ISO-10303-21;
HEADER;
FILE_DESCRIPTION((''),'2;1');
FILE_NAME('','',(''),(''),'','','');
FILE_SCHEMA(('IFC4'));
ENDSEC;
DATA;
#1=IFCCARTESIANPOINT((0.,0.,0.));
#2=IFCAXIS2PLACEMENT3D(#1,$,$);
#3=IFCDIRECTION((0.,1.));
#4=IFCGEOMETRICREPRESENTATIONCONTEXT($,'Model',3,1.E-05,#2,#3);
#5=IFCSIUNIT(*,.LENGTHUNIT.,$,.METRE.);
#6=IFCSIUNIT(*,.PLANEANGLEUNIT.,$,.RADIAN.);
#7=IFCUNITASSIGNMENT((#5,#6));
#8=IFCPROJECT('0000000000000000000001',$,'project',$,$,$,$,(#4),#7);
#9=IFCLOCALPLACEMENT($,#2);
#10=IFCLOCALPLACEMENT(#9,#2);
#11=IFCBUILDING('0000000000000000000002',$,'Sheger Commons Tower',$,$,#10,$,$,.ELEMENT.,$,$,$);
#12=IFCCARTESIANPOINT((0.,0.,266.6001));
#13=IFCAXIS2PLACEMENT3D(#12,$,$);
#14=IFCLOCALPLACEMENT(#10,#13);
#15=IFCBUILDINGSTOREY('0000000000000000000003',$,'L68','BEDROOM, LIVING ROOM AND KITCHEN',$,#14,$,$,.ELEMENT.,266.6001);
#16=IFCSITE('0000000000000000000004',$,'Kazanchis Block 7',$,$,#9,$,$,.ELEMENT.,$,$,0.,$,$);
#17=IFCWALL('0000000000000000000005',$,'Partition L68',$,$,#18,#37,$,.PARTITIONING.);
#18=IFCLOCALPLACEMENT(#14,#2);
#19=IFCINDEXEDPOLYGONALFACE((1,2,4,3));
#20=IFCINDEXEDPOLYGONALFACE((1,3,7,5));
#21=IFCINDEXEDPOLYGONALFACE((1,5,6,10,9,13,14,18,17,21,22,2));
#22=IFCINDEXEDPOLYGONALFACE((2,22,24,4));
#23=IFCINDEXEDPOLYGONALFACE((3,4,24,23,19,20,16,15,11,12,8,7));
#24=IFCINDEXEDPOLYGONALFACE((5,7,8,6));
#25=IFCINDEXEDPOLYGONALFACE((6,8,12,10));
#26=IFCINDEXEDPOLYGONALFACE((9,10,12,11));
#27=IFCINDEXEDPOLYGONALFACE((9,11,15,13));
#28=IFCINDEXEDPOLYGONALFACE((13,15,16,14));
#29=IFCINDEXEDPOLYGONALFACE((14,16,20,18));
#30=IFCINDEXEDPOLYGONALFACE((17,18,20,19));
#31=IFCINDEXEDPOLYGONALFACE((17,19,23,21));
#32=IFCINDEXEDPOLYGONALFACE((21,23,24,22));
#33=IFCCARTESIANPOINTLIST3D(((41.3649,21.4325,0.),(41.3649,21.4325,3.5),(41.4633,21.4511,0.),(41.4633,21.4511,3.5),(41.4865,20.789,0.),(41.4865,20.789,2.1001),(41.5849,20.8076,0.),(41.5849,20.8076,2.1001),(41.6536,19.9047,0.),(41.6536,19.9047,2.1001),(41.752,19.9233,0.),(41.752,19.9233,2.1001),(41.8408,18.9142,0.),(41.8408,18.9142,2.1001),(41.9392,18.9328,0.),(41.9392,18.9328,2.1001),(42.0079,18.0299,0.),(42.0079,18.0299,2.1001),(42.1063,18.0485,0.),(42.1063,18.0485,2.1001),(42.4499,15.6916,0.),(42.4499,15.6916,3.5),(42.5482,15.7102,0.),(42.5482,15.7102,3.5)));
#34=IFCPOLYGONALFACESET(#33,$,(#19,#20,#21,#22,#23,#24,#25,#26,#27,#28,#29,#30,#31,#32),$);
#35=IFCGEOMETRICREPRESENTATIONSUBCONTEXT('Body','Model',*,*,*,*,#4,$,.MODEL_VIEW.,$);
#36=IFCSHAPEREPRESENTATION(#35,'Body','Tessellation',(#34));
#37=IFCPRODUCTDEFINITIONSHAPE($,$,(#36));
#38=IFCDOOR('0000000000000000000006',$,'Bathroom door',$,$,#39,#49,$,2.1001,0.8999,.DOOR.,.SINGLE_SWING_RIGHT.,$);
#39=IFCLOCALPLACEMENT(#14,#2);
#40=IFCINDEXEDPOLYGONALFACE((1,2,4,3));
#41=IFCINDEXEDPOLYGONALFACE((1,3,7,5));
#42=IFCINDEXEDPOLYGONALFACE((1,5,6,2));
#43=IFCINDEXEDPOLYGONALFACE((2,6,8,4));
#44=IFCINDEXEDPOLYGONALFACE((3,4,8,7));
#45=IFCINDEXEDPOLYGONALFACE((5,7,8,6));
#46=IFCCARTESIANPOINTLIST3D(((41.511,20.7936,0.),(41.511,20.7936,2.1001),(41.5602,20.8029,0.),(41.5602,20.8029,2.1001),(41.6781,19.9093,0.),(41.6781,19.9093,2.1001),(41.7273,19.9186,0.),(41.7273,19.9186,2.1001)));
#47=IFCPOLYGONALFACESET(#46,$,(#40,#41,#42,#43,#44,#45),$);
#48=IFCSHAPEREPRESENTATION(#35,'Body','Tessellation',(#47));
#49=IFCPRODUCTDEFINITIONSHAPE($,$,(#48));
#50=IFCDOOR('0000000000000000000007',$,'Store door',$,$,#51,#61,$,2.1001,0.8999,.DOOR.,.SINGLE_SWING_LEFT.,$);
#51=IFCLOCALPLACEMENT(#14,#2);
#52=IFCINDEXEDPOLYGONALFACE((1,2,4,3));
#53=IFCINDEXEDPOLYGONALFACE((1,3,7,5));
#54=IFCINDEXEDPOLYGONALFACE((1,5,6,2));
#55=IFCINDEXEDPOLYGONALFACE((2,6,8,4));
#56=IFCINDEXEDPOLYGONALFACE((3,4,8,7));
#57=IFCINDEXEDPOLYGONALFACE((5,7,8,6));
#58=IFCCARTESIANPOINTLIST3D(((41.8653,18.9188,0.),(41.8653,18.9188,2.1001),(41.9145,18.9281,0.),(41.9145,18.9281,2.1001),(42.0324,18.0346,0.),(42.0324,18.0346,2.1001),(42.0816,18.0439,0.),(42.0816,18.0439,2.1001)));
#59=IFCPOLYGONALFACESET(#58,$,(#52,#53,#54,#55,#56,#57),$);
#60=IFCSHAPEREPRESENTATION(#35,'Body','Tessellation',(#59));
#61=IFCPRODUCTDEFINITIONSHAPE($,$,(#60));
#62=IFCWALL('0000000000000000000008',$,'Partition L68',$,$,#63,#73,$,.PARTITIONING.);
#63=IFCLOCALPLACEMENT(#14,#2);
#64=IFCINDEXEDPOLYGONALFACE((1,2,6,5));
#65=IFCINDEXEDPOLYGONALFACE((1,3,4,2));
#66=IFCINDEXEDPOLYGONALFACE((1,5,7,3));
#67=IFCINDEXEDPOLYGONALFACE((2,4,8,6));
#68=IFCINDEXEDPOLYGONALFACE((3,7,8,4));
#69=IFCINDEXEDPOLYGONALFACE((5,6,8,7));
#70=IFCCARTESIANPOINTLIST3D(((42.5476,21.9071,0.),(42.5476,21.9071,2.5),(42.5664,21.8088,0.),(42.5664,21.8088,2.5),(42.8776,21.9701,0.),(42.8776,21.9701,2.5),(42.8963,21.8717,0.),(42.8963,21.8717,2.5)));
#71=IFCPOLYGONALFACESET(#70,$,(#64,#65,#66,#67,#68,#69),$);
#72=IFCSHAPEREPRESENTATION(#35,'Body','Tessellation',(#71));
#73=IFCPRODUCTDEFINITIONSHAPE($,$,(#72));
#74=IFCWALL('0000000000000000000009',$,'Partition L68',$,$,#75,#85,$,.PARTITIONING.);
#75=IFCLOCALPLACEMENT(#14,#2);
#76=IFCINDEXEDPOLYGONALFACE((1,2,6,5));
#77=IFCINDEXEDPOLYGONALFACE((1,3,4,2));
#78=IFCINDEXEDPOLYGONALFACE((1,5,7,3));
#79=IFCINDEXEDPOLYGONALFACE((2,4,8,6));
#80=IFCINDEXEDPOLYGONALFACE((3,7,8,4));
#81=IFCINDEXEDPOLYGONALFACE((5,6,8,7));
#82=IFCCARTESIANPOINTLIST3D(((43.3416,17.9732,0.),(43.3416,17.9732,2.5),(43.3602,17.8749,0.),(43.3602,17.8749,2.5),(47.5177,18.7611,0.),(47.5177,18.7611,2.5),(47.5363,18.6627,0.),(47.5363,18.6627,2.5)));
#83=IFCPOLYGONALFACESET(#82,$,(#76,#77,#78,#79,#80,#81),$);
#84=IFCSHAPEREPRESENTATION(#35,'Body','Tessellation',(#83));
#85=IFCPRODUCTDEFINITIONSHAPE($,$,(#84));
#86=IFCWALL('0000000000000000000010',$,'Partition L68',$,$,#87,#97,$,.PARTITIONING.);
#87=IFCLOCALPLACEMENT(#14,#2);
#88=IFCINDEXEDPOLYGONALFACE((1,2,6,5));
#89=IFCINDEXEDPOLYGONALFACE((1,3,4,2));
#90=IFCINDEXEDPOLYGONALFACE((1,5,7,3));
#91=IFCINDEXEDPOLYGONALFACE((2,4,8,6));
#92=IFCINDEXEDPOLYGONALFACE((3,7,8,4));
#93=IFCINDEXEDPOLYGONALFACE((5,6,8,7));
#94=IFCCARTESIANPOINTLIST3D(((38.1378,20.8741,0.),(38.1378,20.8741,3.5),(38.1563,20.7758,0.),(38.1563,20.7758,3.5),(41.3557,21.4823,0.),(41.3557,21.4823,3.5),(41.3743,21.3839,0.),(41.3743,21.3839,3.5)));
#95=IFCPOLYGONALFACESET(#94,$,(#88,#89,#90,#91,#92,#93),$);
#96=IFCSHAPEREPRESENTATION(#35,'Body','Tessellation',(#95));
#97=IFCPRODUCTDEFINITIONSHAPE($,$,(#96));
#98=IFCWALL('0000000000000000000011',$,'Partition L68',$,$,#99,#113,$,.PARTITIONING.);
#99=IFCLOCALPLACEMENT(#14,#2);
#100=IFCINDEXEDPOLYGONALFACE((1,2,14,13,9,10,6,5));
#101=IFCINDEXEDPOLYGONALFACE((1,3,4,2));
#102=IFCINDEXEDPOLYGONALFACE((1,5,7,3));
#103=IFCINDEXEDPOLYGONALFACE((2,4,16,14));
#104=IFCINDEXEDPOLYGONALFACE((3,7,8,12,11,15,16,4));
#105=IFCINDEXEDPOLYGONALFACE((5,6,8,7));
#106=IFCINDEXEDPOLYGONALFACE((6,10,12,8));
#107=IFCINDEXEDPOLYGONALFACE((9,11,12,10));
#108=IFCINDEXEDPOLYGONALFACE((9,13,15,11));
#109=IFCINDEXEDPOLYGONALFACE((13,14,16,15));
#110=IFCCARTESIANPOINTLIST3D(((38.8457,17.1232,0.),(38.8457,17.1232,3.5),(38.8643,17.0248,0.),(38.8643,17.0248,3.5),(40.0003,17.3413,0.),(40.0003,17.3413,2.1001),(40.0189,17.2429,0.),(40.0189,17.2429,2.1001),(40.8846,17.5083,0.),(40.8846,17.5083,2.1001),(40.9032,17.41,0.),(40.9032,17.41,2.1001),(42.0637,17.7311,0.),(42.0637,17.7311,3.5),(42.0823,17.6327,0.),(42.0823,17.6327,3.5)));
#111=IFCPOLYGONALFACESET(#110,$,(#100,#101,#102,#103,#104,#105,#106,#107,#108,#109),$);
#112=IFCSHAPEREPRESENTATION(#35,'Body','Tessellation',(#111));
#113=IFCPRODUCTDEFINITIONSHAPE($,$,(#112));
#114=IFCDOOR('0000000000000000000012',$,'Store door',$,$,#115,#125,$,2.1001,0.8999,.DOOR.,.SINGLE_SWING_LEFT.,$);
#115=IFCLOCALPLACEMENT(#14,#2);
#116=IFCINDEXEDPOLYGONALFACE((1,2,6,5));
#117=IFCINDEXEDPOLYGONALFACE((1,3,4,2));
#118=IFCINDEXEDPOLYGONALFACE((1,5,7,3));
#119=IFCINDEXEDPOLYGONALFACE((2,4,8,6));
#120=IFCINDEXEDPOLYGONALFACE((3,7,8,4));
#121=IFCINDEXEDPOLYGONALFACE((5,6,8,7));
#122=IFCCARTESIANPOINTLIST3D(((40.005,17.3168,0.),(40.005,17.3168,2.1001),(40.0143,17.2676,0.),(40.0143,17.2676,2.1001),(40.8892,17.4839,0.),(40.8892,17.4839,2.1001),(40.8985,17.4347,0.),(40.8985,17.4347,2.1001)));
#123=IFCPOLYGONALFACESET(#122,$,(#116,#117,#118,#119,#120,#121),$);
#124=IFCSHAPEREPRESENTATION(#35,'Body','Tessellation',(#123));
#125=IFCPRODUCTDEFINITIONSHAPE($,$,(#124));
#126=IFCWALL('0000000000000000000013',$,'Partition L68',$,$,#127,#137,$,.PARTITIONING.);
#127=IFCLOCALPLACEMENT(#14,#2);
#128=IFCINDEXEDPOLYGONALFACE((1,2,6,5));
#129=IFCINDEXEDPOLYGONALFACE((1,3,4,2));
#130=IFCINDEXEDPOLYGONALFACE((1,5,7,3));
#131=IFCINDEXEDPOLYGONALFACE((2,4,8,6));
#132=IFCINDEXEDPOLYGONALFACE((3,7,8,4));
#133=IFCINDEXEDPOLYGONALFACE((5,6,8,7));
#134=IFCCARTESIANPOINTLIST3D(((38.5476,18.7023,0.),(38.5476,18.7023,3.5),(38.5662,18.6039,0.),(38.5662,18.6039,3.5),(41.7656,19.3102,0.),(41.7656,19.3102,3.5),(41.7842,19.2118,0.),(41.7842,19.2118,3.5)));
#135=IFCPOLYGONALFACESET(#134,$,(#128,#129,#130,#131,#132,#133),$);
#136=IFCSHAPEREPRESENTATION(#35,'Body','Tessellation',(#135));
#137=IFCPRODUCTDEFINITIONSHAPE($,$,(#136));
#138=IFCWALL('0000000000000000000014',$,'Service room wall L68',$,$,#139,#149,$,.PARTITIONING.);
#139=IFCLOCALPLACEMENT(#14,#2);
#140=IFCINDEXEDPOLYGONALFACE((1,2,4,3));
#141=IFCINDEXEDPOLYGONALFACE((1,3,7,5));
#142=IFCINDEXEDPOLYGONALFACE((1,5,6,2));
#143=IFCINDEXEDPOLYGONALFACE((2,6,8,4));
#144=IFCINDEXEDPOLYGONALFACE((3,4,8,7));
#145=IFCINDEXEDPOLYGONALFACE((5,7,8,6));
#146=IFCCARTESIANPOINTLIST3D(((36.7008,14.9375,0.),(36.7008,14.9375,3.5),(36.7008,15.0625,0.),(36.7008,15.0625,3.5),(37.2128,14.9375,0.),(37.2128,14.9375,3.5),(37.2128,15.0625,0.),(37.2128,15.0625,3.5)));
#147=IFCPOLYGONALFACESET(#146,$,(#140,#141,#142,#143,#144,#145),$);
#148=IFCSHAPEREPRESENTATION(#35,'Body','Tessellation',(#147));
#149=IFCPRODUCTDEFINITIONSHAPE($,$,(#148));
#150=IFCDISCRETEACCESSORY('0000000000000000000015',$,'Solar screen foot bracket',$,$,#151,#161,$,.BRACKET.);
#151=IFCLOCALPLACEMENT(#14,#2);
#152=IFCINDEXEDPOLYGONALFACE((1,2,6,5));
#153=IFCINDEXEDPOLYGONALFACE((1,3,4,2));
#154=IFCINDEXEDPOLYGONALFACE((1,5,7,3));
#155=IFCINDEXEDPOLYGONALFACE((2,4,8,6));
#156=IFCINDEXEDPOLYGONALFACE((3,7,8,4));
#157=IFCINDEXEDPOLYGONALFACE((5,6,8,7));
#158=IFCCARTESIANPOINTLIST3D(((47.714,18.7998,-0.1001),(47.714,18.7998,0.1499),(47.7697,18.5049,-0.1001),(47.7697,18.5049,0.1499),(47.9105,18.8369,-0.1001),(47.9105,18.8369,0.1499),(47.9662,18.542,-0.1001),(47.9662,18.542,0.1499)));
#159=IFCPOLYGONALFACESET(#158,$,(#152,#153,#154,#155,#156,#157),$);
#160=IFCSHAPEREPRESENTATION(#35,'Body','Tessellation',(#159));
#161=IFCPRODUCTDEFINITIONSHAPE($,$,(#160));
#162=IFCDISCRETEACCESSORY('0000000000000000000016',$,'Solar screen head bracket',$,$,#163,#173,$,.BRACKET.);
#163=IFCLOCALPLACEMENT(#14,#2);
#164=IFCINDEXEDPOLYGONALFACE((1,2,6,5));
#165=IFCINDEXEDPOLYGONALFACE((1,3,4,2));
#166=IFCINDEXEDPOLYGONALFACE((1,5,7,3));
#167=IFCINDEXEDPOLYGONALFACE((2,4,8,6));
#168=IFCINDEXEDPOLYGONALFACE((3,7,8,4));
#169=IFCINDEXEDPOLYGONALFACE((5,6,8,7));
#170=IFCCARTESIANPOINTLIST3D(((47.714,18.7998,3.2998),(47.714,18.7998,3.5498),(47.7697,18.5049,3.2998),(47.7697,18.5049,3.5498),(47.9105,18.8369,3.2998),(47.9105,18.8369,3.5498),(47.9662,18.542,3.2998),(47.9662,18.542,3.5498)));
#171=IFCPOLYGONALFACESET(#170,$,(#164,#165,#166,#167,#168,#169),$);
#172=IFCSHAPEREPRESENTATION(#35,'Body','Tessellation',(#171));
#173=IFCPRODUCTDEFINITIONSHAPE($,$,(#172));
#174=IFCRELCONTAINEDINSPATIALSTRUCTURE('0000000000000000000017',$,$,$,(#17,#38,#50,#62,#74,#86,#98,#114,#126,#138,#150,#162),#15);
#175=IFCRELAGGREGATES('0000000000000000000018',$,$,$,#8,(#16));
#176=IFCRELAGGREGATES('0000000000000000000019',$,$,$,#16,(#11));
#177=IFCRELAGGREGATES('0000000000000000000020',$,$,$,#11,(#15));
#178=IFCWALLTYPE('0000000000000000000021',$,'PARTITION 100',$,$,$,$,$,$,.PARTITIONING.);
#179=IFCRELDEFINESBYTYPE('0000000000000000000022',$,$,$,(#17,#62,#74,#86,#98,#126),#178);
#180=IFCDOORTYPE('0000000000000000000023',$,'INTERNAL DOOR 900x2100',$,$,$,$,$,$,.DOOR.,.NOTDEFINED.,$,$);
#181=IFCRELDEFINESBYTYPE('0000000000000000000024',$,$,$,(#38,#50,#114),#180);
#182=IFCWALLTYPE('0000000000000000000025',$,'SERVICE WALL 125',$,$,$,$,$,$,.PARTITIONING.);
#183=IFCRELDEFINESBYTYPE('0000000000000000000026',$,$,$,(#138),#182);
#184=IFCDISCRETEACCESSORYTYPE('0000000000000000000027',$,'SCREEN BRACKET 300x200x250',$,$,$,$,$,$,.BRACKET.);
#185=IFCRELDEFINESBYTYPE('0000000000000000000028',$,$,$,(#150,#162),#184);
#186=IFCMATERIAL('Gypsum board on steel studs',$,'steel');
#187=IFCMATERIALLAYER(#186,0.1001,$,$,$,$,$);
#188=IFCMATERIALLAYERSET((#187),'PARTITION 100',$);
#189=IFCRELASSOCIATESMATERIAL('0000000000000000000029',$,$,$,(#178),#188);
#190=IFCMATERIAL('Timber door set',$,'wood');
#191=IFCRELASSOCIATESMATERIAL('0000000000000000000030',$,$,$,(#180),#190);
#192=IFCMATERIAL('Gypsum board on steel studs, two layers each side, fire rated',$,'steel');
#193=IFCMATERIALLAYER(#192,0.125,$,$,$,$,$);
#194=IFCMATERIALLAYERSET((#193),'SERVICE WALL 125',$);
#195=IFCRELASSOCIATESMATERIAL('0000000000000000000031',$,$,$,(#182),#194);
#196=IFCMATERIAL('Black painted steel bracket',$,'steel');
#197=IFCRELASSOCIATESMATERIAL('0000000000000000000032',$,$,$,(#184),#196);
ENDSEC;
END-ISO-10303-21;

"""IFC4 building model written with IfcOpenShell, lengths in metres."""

from ifc_helpers import new_model, si_unit, direction, frame, frame_2d, origin, origin_2d, place, context, subcontext, project, spatial, rectangle, extrude, material, layer, layer_set, type_object, element, fill, save


model = new_model("IFC4")

# Units and contexts
model_context = context("Model", 3, precision=1e-05, world=origin(), true_north=direction((0.0, 1.0)))
body_context = subcontext(model_context, "Body", "Model", "MODEL_VIEW")
ifc_project = project(units=[si_unit("LENGTHUNIT", "METRE"), si_unit("PLANEANGLEUNIT", "RADIAN")], contexts=[model_context])

# Site, building, storey
site_placement = place(None, origin())
site = spatial("IfcSite", under=ifc_project, at=site_placement, Name="Kazanchis Block 7", CompositionType="ELEMENT", RefElevation=0.0)
building_placement = place(site_placement, origin())
building = spatial("IfcBuilding", under=site, at=building_placement, Name="Sheger Commons Tower", CompositionType="ELEMENT")
storey_placement = place(building_placement, frame((0.0, 0.0, 266.6001)))
storey = spatial("IfcBuildingStorey", under=building, at=storey_placement, Name="L68", Description="BEDROOM, LIVING ROOM AND KITCHEN", CompositionType="ELEMENT", Elevation=266.6001)

# Wall, openings, doors
ifc_material_1 = material(Name="Gypsum board on steel studs", Category="steel")
ifc_layer_1 = layer(ifc_material_1, 0.1001)
ifc_layer_set_1 = layer_set([ifc_layer_1], Name="PARTITION 100")
wall_type_1 = type_object("IfcWallType", Name="PARTITION 100", PredefinedType="PARTITIONING", material=ifc_layer_set_1)
ifc_material_2 = material(Name="Timber door set", Category="wood")
door_type = type_object("IfcDoorType", Name="INTERNAL DOOR 900x2100", OperationType="NOTDEFINED", PredefinedType="DOOR", material=ifc_material_2)
wall_1_placement = place(storey_placement, frame((41.4141, 21.4419, 0.0), z_axis=(0.0, 0.0, 1.0), x_axis=(0.185699, -0.982607, 0.0)))
wall_1 = element("IfcWall", 1, at=wall_1_placement, inside=storey, type_object=wall_type_1, Name="Partition L68", PredefinedType="PARTITIONING", context=body_context, shape_type="SweptSolid", body=[
    extrude(rectangle(XDim=5.8425, YDim=0.1001, at=frame_2d((2.9214, 0.0))), origin(), (0.0, 0.0, 1.0), 3.5),
])
opening_1_placement = place(wall_1_placement, frame((0.655, 0.0, 0.0)))
opening_1 = element("IfcOpeningElement", 2, at=opening_1_placement, cuts=wall_1, PredefinedType="OPENING", context=body_context, shape_type="SweptSolid", body=[
    extrude(rectangle(XDim=0.8999, YDim=2.1001, at=frame_2d((0.45, 1.05))), frame((0.0, 0.0601, 0.0), z_axis=(0.0, -1.0, 0.0), x_axis=(1.0, 0.0, 0.0)), (0.0, 0.0, 1.0), 0.1201),
])
opening_2_placement = place(wall_1_placement, frame((2.563, 0.0, 0.0)))
opening_2 = element("IfcOpeningElement", 3, at=opening_2_placement, cuts=wall_1, PredefinedType="OPENING", context=body_context, shape_type="SweptSolid", body=[
    extrude(rectangle(XDim=0.8999, YDim=2.1001, at=frame_2d((0.45, 1.05))), frame((0.0, 0.0601, 0.0), z_axis=(0.0, -1.0, 0.0), x_axis=(1.0, 0.0, 0.0)), (0.0, 0.0, 1.0), 0.1201),
])
door_1_placement = place(opening_1_placement, origin())
door_1 = element("IfcDoor", 4, at=door_1_placement, inside=storey, type_object=door_type, Name="Bathroom door", OperationType="SINGLE_SWING_RIGHT", OverallHeight=2.1001, OverallWidth=0.8999, PredefinedType="DOOR", context=body_context, shape_type="SweptSolid", body=[
    extrude(rectangle(XDim=0.8999, YDim=2.1001, at=frame_2d((0.45, 1.05))), frame((0.0, 0.0249, 0.0), z_axis=(0.0, -1.0, 0.0), x_axis=(1.0, 0.0, 0.0)), (0.0, 0.0, 1.0), 0.05),
])
fill(opening_1, door_1)
door_2_placement = place(opening_2_placement, origin())
door_2 = element("IfcDoor", 5, at=door_2_placement, inside=storey, type_object=door_type, Name="Store door", OperationType="SINGLE_SWING_LEFT", OverallHeight=2.1001, OverallWidth=0.8999, PredefinedType="DOOR", context=body_context, shape_type="SweptSolid", body=[
    extrude(rectangle(XDim=0.8999, YDim=2.1001, at=frame_2d((0.45, 1.05))), frame((0.0, 0.0249, 0.0), z_axis=(0.0, -1.0, 0.0), x_axis=(1.0, 0.0, 0.0)), (0.0, 0.0, 1.0), 0.05),
])
fill(opening_2, door_2)

# Walls
wall_2_placement = place(storey_placement, frame((42.887, 21.9209, 0.0), z_axis=(0.0, 0.0, 1.0), x_axis=(-0.982275, -0.187446, 0.0)))
element("IfcWall", 6, at=wall_2_placement, inside=storey, type_object=wall_type_1, Name="Partition L68", PredefinedType="PARTITIONING", context=body_context, shape_type="SweptSolid", body=[
    extrude(rectangle(XDim=0.3359, YDim=0.1001, at=frame_2d((0.168, 0.0))), origin(), (0.0, 0.0, 1.0), 2.5),
])
wall_3_placement = place(storey_placement, frame((47.5271, 18.7119, 0.0), z_axis=(0.0, 0.0, 1.0), x_axis=(-0.982665, -0.185388, 0.0)))
element("IfcWall", 7, at=wall_3_placement, inside=storey, type_object=wall_type_1, Name="Partition L68", PredefinedType="PARTITIONING", context=body_context, shape_type="SweptSolid", body=[
    extrude(rectangle(XDim=4.2498, YDim=0.1001, at=frame_2d((2.125, 0.0))), origin(), (0.0, 0.0, 1.0), 2.5),
])
wall_4_placement = place(storey_placement, frame((41.365, 21.4331, 0.0), z_axis=(0.0, 0.0, 1.0), x_axis=(-0.982607, -0.185697, 0.0)))
element("IfcWall", 8, at=wall_4_placement, inside=storey, type_object=wall_type_1, Name="Partition L68", PredefinedType="PARTITIONING", context=body_context, shape_type="SweptSolid", body=[
    extrude(rectangle(XDim=3.2749, YDim=0.1001, at=frame_2d((1.6375, 0.0))), origin(), (0.0, 0.0, 1.0), 3.5),
])

# Wall, opening, door
wall_5_placement = place(storey_placement, frame((42.073, 17.6819, 0.0), z_axis=(0.0, 0.0, 1.0), x_axis=(-0.982621, -0.185625, 0.0)))
wall_5 = element("IfcWall", 9, at=wall_5_placement, inside=storey, type_object=wall_type_1, Name="Partition L68", PredefinedType="PARTITIONING", context=body_context, shape_type="SweptSolid", body=[
    extrude(rectangle(XDim=3.2749, YDim=0.1001, at=frame_2d((1.6375, 0.0))), origin(), (0.0, 0.0, 1.0), 3.5),
])
opening_3_placement = place(wall_5_placement, frame((1.2, 0.0, 0.0)))
opening_3 = element("IfcOpeningElement", 10, at=opening_3_placement, cuts=wall_5, PredefinedType="OPENING", context=body_context, shape_type="SweptSolid", body=[
    extrude(rectangle(XDim=0.8999, YDim=2.1001, at=frame_2d((0.45, 1.05))), frame((0.0, 0.0601, 0.0), z_axis=(0.0, -1.0, 0.0), x_axis=(1.0, 0.0, 0.0)), (0.0, 0.0, 1.0), 0.1201),
])
door_3_placement = place(opening_3_placement, origin())
door_3 = element("IfcDoor", 11, at=door_3_placement, inside=storey, type_object=door_type, Name="Store door", OperationType="SINGLE_SWING_LEFT", OverallHeight=2.1001, OverallWidth=0.8999, PredefinedType="DOOR", context=body_context, shape_type="SweptSolid", body=[
    extrude(rectangle(XDim=0.8999, YDim=2.1001, at=frame_2d((0.45, 1.05))), frame((0.0, 0.0249, 0.0), z_axis=(0.0, -1.0, 0.0), x_axis=(1.0, 0.0, 0.0)), (0.0, 0.0, 1.0), 0.05),
])
fill(opening_3, door_3)

# Walls
wall_6_placement = place(storey_placement, frame((41.7749, 19.261, 0.0), z_axis=(0.0, 0.0, 1.0), x_axis=(-0.982621, -0.185625, 0.0)))
element("IfcWall", 12, at=wall_6_placement, inside=storey, type_object=wall_type_1, Name="Partition L68", PredefinedType="PARTITIONING", context=body_context, shape_type="SweptSolid", body=[
    extrude(rectangle(XDim=3.2749, YDim=0.1001, at=frame_2d((1.6375, 0.0))), origin(), (0.0, 0.0, 1.0), 3.5),
])
ifc_material_3 = material(Name="Gypsum board on steel studs, two layers each side, fire rated", Category="steel")
ifc_layer_2 = layer(ifc_material_3, 0.125)
ifc_layer_set_2 = layer_set([ifc_layer_2], Name="SERVICE WALL 125")
wall_type_2 = type_object("IfcWallType", Name="SERVICE WALL 125", PredefinedType="PARTITIONING", material=ifc_layer_set_2)
wall_7_placement = place(storey_placement, frame((36.7009, 15.0, 0.0), z_axis=(0.0, 0.0, 1.0), x_axis=(1.0, 0.0, 0.0)))
element("IfcWall", 13, at=wall_7_placement, inside=storey, type_object=wall_type_2, Name="Service room wall L68", PredefinedType="PARTITIONING", context=body_context, shape_type="SweptSolid", body=[
    extrude(rectangle(XDim=0.512, YDim=0.125, at=frame_2d((0.2559, 0.0))), origin(), (0.0, 0.0, 1.0), 3.5),
])

# Discrete accessories
ifc_material_4 = material(Name="Black painted steel bracket", Category="steel")
discrete_accessory_type = type_object("IfcDiscreteAccessoryType", Name="SCREEN BRACKET 300x200x250", PredefinedType="BRACKET", material=ifc_material_4)
for number, where, z_axis, x_axis, name in (
    (14, (47.8401, 18.6709, -0.1001), (0.0, 0.0, 1.0), (-0.185615, 0.982623, 0.0), "Solar screen foot bracket"),
    (15, (47.8401, 18.6709, 3.2998), (0.0, 0.0, 1.0), (-0.185615, 0.982623, 0.0), "Solar screen head bracket"),
):
    element("IfcDiscreteAccessory", number, at=place(storey_placement, frame(where, z_axis=z_axis, x_axis=x_axis)), inside=storey, type_object=discrete_accessory_type, Name=name, PredefinedType="BRACKET", context=body_context, shape_type="SweptSolid", body=[
        extrude(rectangle(XDim=0.3, YDim=0.2, at=origin_2d()), origin(), (0.0, 0.0, 1.0), 0.25),
    ])

save(model, "model.ifc")
